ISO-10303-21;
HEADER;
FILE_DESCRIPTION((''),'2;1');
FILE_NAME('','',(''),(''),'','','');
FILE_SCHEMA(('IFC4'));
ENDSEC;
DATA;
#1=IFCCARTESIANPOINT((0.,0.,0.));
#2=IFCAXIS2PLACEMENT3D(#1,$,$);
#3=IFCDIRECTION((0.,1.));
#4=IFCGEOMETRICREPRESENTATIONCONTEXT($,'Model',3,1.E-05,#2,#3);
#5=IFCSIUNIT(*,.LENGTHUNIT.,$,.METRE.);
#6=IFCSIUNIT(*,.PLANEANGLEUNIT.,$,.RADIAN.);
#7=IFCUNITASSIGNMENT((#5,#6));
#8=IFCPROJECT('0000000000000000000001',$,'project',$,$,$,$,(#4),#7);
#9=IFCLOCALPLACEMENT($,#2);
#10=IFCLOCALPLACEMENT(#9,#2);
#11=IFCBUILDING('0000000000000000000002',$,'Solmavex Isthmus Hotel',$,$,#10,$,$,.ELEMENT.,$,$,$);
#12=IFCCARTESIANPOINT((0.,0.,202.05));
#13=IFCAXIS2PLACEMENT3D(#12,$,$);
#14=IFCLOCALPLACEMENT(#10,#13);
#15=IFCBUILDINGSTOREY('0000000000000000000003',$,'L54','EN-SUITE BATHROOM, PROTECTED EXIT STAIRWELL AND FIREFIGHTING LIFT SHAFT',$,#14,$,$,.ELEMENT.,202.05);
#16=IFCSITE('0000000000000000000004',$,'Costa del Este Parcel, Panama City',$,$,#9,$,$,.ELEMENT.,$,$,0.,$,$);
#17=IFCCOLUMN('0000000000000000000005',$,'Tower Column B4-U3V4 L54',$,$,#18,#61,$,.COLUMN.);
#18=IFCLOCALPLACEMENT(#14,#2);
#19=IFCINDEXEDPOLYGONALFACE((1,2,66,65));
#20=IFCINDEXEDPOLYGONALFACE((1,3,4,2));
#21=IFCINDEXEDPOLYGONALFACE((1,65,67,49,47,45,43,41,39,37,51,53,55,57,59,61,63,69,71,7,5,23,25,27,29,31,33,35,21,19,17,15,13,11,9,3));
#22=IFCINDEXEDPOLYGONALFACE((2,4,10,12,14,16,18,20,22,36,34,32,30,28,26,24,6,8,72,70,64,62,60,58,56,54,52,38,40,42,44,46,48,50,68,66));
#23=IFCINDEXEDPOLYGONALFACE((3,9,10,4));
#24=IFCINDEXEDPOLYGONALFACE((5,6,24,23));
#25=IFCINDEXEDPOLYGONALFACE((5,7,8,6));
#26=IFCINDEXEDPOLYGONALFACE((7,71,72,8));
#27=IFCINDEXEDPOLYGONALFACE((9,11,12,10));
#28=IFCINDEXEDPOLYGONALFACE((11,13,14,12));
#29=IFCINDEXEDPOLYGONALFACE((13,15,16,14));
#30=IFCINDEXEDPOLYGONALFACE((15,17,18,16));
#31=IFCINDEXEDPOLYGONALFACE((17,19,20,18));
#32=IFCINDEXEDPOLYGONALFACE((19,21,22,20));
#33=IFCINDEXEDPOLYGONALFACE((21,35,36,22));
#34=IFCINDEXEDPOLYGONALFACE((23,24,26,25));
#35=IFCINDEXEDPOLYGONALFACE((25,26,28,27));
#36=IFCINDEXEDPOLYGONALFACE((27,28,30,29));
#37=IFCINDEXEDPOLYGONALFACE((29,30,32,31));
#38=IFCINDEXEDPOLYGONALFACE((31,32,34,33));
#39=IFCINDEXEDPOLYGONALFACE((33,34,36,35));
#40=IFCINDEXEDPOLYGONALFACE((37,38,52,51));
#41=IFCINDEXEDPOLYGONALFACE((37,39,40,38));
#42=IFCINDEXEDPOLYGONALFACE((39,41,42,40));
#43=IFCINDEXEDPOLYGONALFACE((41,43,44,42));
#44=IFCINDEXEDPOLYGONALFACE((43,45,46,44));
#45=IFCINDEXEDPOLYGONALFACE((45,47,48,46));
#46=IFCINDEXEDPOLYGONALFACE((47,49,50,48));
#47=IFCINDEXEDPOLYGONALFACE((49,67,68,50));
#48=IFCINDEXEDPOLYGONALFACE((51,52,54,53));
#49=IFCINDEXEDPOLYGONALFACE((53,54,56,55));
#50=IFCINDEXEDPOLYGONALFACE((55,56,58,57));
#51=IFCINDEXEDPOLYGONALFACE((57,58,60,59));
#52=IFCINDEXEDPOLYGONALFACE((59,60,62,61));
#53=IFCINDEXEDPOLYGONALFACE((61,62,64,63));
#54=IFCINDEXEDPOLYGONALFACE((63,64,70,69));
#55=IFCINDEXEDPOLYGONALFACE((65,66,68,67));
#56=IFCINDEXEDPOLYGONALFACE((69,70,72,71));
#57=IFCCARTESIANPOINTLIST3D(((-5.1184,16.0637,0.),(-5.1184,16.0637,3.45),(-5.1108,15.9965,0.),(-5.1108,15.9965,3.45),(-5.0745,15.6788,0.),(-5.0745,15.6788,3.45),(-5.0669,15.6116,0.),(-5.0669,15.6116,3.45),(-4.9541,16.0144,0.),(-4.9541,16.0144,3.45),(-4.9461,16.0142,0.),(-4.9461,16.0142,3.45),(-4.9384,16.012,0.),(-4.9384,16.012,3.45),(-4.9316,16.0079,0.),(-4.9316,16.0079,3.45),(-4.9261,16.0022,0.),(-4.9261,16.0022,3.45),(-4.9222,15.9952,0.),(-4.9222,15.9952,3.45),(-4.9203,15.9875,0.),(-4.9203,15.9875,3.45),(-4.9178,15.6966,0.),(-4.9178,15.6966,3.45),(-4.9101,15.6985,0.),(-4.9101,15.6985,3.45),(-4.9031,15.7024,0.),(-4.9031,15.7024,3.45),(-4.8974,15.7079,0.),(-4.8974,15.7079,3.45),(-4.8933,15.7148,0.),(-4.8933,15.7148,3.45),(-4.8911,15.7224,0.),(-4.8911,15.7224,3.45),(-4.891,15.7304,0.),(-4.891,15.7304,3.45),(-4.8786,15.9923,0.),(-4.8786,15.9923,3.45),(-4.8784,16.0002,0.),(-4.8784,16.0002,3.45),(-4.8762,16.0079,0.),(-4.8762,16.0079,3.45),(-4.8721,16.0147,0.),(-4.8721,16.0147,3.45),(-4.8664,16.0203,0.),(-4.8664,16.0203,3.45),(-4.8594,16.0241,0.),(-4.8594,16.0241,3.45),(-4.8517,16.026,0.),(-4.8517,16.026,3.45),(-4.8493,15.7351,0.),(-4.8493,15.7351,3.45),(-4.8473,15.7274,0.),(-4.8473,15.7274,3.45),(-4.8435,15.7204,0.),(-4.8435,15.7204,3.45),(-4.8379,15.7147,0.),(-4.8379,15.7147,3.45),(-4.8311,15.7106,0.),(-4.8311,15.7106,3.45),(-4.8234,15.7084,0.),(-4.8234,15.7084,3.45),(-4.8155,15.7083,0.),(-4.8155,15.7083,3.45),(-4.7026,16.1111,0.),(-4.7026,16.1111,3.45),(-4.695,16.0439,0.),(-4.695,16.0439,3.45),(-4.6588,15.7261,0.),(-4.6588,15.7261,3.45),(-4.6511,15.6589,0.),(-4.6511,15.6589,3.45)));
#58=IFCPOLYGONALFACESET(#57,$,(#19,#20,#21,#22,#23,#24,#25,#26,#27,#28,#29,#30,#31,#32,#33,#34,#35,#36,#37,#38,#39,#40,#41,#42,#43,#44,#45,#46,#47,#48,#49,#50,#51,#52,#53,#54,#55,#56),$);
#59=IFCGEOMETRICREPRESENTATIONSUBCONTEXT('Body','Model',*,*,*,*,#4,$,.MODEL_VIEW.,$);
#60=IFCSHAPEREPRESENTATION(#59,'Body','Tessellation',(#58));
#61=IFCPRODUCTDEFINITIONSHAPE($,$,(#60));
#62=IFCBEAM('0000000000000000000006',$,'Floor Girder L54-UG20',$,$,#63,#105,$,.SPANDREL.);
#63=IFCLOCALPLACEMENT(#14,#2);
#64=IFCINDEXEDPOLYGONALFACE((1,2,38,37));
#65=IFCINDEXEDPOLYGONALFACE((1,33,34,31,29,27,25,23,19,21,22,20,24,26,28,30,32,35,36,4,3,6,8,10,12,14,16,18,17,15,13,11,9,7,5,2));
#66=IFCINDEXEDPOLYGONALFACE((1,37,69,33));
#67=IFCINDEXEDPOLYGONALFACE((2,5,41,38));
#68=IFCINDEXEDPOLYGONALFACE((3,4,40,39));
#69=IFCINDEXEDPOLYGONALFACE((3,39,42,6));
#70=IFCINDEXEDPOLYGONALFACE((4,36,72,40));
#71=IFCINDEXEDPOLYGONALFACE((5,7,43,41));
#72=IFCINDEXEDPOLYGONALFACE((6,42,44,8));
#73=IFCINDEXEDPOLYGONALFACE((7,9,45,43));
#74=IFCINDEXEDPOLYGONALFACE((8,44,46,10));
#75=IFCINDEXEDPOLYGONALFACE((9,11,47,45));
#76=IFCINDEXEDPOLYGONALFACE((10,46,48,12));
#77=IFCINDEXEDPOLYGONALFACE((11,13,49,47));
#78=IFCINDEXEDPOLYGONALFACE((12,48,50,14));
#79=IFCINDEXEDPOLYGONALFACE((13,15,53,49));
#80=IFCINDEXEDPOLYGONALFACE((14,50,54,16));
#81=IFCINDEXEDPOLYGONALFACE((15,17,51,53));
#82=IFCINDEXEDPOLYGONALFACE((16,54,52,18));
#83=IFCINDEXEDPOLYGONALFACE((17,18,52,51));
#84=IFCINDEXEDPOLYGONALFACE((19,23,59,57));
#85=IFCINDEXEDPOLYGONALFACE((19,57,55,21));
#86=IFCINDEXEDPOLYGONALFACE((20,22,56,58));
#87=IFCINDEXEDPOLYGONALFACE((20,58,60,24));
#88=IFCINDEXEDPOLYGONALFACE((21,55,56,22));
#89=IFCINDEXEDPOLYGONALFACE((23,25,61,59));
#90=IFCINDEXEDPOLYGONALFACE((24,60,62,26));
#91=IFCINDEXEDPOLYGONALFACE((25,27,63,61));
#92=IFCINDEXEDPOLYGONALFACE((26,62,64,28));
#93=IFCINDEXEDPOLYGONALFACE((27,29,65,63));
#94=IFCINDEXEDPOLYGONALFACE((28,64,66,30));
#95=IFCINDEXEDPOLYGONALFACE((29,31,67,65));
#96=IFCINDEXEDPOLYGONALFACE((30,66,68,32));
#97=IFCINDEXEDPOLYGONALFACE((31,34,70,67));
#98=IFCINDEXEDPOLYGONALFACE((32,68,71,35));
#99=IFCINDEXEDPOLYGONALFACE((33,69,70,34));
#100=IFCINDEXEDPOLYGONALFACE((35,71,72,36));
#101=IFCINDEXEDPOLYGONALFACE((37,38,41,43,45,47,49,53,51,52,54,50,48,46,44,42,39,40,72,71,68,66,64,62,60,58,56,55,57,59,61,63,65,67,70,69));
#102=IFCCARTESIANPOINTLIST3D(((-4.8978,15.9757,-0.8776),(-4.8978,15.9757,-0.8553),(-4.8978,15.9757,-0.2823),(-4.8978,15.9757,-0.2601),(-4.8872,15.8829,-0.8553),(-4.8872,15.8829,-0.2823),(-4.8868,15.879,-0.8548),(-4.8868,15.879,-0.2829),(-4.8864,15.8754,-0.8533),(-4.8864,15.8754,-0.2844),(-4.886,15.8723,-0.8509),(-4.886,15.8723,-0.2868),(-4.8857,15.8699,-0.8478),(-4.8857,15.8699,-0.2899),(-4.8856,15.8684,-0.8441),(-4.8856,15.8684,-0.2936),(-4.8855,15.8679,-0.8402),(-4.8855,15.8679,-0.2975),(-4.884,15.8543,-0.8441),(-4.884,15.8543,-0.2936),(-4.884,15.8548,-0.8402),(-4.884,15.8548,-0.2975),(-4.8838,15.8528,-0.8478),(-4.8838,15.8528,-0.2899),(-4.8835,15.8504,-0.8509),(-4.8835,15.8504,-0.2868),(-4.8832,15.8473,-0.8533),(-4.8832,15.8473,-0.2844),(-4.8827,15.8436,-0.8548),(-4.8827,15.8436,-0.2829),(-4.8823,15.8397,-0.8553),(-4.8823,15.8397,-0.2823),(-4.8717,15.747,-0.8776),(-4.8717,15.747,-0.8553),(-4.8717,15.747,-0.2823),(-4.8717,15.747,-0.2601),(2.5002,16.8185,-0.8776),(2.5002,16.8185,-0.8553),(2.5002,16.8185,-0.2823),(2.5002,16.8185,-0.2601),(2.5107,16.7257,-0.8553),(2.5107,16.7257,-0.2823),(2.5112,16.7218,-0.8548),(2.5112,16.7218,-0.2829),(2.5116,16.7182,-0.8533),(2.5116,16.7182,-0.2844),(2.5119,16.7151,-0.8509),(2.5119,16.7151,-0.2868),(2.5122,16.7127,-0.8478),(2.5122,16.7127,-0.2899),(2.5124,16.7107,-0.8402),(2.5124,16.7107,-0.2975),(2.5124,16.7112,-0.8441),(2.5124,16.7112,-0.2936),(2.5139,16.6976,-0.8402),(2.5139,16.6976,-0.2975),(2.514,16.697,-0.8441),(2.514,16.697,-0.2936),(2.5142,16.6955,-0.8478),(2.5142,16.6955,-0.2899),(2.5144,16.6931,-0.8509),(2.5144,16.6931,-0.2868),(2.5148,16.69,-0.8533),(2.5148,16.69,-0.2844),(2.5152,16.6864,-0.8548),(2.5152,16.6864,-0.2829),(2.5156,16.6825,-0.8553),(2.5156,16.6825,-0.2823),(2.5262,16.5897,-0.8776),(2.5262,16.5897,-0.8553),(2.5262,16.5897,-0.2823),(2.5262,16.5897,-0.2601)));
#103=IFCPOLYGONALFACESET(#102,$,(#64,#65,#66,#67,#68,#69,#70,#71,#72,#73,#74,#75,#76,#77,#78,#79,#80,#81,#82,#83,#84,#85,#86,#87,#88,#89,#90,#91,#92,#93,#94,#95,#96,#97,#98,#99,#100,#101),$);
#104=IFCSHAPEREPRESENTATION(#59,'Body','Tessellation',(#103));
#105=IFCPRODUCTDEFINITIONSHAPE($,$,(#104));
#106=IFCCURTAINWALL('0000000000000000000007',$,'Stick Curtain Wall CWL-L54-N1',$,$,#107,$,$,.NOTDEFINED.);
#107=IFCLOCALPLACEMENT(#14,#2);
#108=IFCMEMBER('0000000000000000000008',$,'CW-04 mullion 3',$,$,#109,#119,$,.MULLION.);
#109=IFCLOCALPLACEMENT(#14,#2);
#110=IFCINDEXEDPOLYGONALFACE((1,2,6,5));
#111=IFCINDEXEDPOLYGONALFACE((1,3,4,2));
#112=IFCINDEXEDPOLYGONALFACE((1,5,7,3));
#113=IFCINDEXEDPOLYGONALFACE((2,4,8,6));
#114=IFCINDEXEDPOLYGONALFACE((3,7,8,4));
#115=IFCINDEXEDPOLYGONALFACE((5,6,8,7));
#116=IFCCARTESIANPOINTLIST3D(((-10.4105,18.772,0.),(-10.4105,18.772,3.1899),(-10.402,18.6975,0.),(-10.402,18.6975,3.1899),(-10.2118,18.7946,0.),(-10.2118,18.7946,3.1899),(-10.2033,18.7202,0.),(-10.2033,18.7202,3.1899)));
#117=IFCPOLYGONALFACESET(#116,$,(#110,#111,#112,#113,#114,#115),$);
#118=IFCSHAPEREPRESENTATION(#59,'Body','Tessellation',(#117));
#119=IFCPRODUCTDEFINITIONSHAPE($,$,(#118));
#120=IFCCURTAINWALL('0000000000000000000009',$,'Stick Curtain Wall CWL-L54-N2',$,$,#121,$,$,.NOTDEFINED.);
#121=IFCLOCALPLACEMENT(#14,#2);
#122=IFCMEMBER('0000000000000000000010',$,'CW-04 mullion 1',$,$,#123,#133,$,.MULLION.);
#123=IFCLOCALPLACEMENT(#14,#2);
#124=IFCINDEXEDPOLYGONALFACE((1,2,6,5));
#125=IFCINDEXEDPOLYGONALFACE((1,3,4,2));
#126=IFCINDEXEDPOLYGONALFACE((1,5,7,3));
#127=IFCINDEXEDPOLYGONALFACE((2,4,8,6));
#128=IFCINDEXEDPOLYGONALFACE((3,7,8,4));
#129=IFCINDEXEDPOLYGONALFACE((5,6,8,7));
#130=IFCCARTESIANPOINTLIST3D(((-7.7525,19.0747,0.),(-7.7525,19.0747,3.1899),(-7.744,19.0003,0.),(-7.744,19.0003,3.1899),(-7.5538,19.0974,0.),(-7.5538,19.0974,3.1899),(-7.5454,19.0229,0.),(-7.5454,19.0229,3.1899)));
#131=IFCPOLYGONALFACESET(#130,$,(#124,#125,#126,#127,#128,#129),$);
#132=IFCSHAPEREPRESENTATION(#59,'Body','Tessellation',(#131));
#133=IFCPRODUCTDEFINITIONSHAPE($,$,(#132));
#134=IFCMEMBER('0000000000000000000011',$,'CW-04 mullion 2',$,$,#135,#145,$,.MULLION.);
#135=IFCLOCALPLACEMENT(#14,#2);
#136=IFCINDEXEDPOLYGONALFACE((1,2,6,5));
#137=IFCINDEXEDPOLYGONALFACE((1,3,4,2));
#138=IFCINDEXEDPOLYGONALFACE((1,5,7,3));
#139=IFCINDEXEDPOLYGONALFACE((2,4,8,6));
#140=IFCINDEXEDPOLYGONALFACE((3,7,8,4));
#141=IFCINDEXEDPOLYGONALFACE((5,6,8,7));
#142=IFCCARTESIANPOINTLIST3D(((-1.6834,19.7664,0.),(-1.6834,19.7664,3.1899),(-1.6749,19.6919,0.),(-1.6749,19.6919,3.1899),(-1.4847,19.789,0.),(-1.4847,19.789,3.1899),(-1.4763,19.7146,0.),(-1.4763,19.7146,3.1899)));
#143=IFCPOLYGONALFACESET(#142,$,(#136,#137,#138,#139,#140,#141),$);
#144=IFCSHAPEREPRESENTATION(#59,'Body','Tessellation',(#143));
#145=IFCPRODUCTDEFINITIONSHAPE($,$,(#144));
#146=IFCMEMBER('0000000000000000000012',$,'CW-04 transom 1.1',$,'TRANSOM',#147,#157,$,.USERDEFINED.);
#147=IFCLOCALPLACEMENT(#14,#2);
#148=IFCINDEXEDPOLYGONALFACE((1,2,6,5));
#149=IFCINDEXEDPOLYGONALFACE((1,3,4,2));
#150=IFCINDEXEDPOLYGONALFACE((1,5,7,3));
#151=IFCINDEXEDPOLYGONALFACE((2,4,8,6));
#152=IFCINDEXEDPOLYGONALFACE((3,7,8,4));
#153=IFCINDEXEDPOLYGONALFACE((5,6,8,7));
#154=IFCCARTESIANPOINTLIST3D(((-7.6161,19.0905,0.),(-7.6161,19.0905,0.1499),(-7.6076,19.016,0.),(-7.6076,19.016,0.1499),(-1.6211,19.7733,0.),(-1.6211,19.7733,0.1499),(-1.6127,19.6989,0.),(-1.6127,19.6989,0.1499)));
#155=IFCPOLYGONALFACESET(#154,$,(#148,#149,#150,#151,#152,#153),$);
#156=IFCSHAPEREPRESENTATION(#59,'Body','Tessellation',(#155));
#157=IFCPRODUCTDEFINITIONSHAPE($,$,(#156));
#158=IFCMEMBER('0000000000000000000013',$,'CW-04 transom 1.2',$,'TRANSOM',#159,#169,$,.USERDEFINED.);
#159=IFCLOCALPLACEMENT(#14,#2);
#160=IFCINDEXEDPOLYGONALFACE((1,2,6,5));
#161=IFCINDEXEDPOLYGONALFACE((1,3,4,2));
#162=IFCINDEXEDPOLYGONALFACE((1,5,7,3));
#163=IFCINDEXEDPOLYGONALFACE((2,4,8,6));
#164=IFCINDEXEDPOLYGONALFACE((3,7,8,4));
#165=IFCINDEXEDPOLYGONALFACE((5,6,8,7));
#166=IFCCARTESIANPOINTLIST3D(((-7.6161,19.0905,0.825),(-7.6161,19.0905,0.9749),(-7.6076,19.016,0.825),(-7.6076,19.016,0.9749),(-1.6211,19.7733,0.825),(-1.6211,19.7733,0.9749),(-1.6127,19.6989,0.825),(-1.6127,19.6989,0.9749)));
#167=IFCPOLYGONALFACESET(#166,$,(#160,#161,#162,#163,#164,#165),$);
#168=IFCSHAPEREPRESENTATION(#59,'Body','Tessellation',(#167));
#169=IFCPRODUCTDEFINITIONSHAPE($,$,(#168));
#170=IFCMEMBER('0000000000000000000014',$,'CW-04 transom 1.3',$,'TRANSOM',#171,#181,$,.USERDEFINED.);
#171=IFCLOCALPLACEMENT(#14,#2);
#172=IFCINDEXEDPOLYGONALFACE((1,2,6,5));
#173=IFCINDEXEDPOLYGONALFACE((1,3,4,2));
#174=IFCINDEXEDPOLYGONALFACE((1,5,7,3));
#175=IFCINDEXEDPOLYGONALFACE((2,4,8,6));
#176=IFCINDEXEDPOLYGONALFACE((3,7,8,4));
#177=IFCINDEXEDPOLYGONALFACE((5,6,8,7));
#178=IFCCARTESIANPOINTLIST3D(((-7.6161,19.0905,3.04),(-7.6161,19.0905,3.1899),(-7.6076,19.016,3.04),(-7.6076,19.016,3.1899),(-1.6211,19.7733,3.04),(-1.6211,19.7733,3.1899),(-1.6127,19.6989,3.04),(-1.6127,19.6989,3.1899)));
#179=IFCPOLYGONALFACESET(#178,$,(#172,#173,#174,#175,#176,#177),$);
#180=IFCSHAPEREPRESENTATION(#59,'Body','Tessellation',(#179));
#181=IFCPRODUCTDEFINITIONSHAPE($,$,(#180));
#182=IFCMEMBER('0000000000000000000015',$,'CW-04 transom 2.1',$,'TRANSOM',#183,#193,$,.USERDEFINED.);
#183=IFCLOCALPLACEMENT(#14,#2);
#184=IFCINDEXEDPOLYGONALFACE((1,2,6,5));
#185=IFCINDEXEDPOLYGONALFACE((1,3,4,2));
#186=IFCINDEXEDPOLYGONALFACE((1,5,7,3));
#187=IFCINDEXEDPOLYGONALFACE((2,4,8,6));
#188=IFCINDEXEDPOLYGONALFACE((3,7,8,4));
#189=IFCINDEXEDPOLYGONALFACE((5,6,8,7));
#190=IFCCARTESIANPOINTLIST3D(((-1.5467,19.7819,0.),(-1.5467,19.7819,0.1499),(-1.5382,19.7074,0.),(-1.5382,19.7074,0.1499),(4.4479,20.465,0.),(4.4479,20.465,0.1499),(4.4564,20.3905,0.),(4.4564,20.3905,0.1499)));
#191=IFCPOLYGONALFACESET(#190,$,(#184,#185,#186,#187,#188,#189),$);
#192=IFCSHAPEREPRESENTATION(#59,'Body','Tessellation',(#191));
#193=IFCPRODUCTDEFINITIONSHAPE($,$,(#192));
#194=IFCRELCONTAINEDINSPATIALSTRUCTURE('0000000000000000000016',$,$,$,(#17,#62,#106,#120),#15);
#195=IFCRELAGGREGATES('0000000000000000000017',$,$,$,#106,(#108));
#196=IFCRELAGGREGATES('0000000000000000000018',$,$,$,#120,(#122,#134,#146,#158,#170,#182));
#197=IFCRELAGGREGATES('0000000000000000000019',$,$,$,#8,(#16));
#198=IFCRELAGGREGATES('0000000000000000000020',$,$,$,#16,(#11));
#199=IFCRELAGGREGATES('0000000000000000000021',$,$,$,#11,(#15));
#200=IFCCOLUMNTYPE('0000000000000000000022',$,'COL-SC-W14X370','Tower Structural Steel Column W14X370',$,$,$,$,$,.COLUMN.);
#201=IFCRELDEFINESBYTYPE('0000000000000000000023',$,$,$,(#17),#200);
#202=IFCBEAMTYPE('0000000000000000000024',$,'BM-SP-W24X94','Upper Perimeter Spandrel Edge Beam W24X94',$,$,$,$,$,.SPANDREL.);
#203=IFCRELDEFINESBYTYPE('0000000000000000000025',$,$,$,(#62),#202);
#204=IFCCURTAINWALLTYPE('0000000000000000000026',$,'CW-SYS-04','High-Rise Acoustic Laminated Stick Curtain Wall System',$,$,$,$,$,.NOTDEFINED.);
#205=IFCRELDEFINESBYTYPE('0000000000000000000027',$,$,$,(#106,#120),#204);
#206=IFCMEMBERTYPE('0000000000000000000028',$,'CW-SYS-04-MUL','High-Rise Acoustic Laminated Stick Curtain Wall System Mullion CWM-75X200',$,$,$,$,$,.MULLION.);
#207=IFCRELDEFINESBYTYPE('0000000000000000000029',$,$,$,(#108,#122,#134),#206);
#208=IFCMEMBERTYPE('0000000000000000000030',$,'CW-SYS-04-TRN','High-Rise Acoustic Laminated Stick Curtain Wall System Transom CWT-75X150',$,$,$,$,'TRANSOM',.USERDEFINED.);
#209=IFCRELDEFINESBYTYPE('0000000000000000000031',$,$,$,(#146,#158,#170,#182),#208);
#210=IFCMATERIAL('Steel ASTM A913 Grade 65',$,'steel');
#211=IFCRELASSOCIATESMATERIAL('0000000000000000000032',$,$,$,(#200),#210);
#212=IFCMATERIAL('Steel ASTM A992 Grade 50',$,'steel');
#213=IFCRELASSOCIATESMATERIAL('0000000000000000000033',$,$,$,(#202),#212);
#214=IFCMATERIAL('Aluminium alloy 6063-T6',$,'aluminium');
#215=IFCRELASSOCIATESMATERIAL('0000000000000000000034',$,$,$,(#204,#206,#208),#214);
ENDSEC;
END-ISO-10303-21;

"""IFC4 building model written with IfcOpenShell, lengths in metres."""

from ifc_helpers import new_model, si_unit, direction, frame, origin, origin_2d, place, context, subcontext, project, spatial, rectangle, i_section, extrude, material, material_profile, profile_set, type_object, element, aggregate, save


model = new_model("IFC4")

# Units and contexts
model_context = context("Model", 3, precision=1e-05, world=origin(), true_north=direction((0.0, 1.0)))
body_context = subcontext(model_context, "Body", "Model", "MODEL_VIEW")
ifc_project = project(units=[si_unit("LENGTHUNIT", "METRE"), si_unit("PLANEANGLEUNIT", "RADIAN")], contexts=[model_context])

# Site, building, storey
site_placement = place(None, origin())
site = spatial("IfcSite", under=ifc_project, at=site_placement, Name="Costa del Este Parcel, Panama City", CompositionType="ELEMENT", RefElevation=0.0)
building_placement = place(site_placement, origin())
building = spatial("IfcBuilding", under=site, at=building_placement, Name="Solmavex Isthmus Hotel", CompositionType="ELEMENT")
storey_placement = place(building_placement, frame((0.0, 0.0, 202.05)))
storey = spatial("IfcBuildingStorey", under=building, at=storey_placement, Name="L54", Description="EN-SUITE BATHROOM, PROTECTED EXIT STAIRWELL AND FIREFIGHTING LIFT SHAFT", CompositionType="ELEMENT", Elevation=202.05)

# Column
ifc_material_1 = material(Name="Steel ASTM A913 Grade 65", Category="steel")
ifc_material_profile_1 = material_profile(ifc_material_1, i_section(OverallWidth=0.4185, OverallDepth=0.4551, WebThickness=0.042, FlangeThickness=0.0676, FilletRadius=0.0305, at=origin_2d()), Name="W14X370")
ifc_profile_set_1 = profile_set([ifc_material_profile_1], Name="Steel ASTM A913 Grade 65")
column_type = type_object("IfcColumnType", Name="COL-SC-W14X370", Description="Tower Structural Steel Column W14X370", PredefinedType="COLUMN", material=ifc_profile_set_1)
column_placement = place(storey_placement, frame((-4.8848, 15.8613, 0.0), z_axis=(0.0, 0.0, 1.0), x_axis=(0.993572, 0.113203, 0.0)))
element("IfcColumn", 1, at=column_placement, inside=storey, type_object=column_type, Name="Tower Column B4-U3V4 L54", PredefinedType="COLUMN", context=body_context, shape_type="SweptSolid", body=[
    extrude(i_section(OverallWidth=0.4185, OverallDepth=0.4551, WebThickness=0.042, FlangeThickness=0.0676, FilletRadius=0.0305, at=origin_2d()), origin(), (0.0, 0.0, 1.0), 3.45),
])

# Beam
ifc_material_2 = material(Name="Steel ASTM A992 Grade 50", Category="steel")
ifc_material_profile_2 = material_profile(ifc_material_2, i_section(OverallWidth=0.2302, OverallDepth=0.6174, WebThickness=0.0132, FlangeThickness=0.0222, FilletRadius=0.0151, at=origin_2d()), Name="W24X94")
ifc_profile_set_2 = profile_set([ifc_material_profile_2], Name="Steel ASTM A992 Grade 50")
beam_type = type_object("IfcBeamType", Name="BM-SP-W24X94", Description="Upper Perimeter Spandrel Edge Beam W24X94", PredefinedType="SPANDREL", material=ifc_profile_set_2)
beam_placement = place(storey_placement, frame((-4.8848, 15.8613, -0.5688), z_axis=(0.993574, 0.113188, 0.0), x_axis=(-0.113188, 0.993574, 0.0)))
element("IfcBeam", 2, at=beam_placement, inside=storey, type_object=beam_type, Name="Floor Girder L54-UG20", PredefinedType="SPANDREL", context=body_context, shape_type="SweptSolid", body=[
    extrude(i_section(OverallWidth=0.2302, OverallDepth=0.6174, WebThickness=0.0132, FlangeThickness=0.0222, FilletRadius=0.0151, at=origin_2d()), origin(), (0.0, 0.0, 1.0), 7.4458),
])

# Curtain wall, member
ifc_material_3 = material(Name="Aluminium alloy 6063-T6", Category="aluminium")
curtain_wall_type = type_object("IfcCurtainWallType", Name="CW-SYS-04", Description="High-Rise Acoustic Laminated Stick Curtain Wall System", PredefinedType="NOTDEFINED", material=ifc_material_3)
curtain_wall_1_placement = place(storey_placement, origin())
curtain_wall_1 = element("IfcCurtainWall", 3, at=curtain_wall_1_placement, inside=storey, type_object=curtain_wall_type, Name="Stick Curtain Wall CWL-L54-N1", PredefinedType="NOTDEFINED")
ifc_material_profile_3 = material_profile(ifc_material_3, rectangle(XDim=0.075, YDim=0.2, at=origin_2d()), Name="CWM-75X200")
ifc_profile_set_3 = profile_set([ifc_material_profile_3], Name="Aluminium alloy 6063-T6")
member_type_1 = type_object("IfcMemberType", Name="CW-SYS-04-MUL", Description="High-Rise Acoustic Laminated Stick Curtain Wall System Mullion CWM-75X200", PredefinedType="MULLION", material=ifc_profile_set_3)
member_1_placement = place(storey_placement, frame((-10.3069, 18.7461, 0.0), z_axis=(0.0, 0.0, 1.0), x_axis=(-0.113203, 0.993572, 0.0)))
member_1 = element("IfcMember", 4, at=member_1_placement, type_object=member_type_1, Name="CW-04 mullion 3", PredefinedType="MULLION", context=body_context, shape_type="SweptSolid", body=[
    extrude(rectangle(XDim=0.075, YDim=0.2, at=origin_2d()), origin(), (0.0, 0.0, 1.0), 3.1899),
])
aggregate(curtain_wall_1, [member_1])

# Curtain wall, members
curtain_wall_2_placement = place(storey_placement, origin())
curtain_wall_2 = element("IfcCurtainWall", 5, at=curtain_wall_2_placement, inside=storey, type_object=curtain_wall_type, Name="Stick Curtain Wall CWL-L54-N2", PredefinedType="NOTDEFINED")
member_2_placement = place(storey_placement, frame((-7.6489, 19.0488, 0.0), z_axis=(0.0, 0.0, 1.0), x_axis=(-0.113203, 0.993572, 0.0)))
member_2 = element("IfcMember", 6, at=member_2_placement, type_object=member_type_1, Name="CW-04 mullion 1", PredefinedType="MULLION", context=body_context, shape_type="SweptSolid", body=[
    extrude(rectangle(XDim=0.075, YDim=0.2, at=origin_2d()), origin(), (0.0, 0.0, 1.0), 3.1899),
])
member_3_placement = place(storey_placement, frame((-1.5798, 19.7405, 0.0), z_axis=(0.0, 0.0, 1.0), x_axis=(-0.113203, 0.993572, 0.0)))
member_3 = element("IfcMember", 7, at=member_3_placement, type_object=member_type_1, Name="CW-04 mullion 2", PredefinedType="MULLION", context=body_context, shape_type="SweptSolid", body=[
    extrude(rectangle(XDim=0.075, YDim=0.2, at=origin_2d()), origin(), (0.0, 0.0, 1.0), 3.1899),
])
ifc_material_profile_4 = material_profile(ifc_material_3, rectangle(XDim=0.075, YDim=0.1499, at=origin_2d()), Name="CWT-75X150")
ifc_profile_set_4 = profile_set([ifc_material_profile_4], Name="Aluminium alloy 6063-T6")
member_type_2 = type_object("IfcMemberType", Name="CW-SYS-04-TRN", Description="High-Rise Acoustic Laminated Stick Curtain Wall System Transom CWT-75X150", ElementType="TRANSOM", PredefinedType="USERDEFINED", material=ifc_profile_set_4)
member_4_placement = place(storey_placement, frame((-7.6118, 19.0532, 0.075), z_axis=(0.993575, 0.113176, 0.0), x_axis=(-0.113176, 0.993575, 0.0)))
member_4 = element("IfcMember", 8, at=member_4_placement, type_object=member_type_2, Name="CW-04 transom 1.1", ObjectType="TRANSOM", PredefinedType="USERDEFINED", context=body_context, shape_type="SweptSolid", body=[
    extrude(rectangle(XDim=0.075, YDim=0.1499, at=origin_2d()), origin(), (0.0, 0.0, 1.0), 6.0337),
])
member_5_placement = place(storey_placement, frame((-7.6118, 19.0532, 0.8999), z_axis=(0.993575, 0.113176, 0.0), x_axis=(-0.113176, 0.993575, 0.0)))
member_5 = element("IfcMember", 9, at=member_5_placement, type_object=member_type_2, Name="CW-04 transom 1.2", ObjectType="TRANSOM", PredefinedType="USERDEFINED", context=body_context, shape_type="SweptSolid", body=[
    extrude(rectangle(XDim=0.075, YDim=0.1499, at=origin_2d()), origin(), (0.0, 0.0, 1.0), 6.0337),
])
member_6_placement = place(storey_placement, frame((-7.6118, 19.0532, 3.115), z_axis=(0.993575, 0.113176, 0.0), x_axis=(-0.113176, 0.993575, 0.0)))
member_6 = element("IfcMember", 10, at=member_6_placement, type_object=member_type_2, Name="CW-04 transom 1.3", ObjectType="TRANSOM", PredefinedType="USERDEFINED", context=body_context, shape_type="SweptSolid", body=[
    extrude(rectangle(XDim=0.075, YDim=0.1499, at=origin_2d()), origin(), (0.0, 0.0, 1.0), 6.0337),
])
member_7_placement = place(storey_placement, frame((-1.5425, 19.7446, 0.075), z_axis=(0.99357, 0.11322, 0.0), x_axis=(-0.11322, 0.99357, 0.0)))
member_7 = element("IfcMember", 11, at=member_7_placement, type_object=member_type_2, Name="CW-04 transom 2.1", ObjectType="TRANSOM", PredefinedType="USERDEFINED", context=body_context, shape_type="SweptSolid", body=[
    extrude(rectangle(XDim=0.075, YDim=0.1499, at=origin_2d()), origin(), (0.0, 0.0, 1.0), 6.0334),
])
aggregate(curtain_wall_2, [member_2, member_3, member_4, member_5, member_6, member_7])

save(model, "model.ifc")
